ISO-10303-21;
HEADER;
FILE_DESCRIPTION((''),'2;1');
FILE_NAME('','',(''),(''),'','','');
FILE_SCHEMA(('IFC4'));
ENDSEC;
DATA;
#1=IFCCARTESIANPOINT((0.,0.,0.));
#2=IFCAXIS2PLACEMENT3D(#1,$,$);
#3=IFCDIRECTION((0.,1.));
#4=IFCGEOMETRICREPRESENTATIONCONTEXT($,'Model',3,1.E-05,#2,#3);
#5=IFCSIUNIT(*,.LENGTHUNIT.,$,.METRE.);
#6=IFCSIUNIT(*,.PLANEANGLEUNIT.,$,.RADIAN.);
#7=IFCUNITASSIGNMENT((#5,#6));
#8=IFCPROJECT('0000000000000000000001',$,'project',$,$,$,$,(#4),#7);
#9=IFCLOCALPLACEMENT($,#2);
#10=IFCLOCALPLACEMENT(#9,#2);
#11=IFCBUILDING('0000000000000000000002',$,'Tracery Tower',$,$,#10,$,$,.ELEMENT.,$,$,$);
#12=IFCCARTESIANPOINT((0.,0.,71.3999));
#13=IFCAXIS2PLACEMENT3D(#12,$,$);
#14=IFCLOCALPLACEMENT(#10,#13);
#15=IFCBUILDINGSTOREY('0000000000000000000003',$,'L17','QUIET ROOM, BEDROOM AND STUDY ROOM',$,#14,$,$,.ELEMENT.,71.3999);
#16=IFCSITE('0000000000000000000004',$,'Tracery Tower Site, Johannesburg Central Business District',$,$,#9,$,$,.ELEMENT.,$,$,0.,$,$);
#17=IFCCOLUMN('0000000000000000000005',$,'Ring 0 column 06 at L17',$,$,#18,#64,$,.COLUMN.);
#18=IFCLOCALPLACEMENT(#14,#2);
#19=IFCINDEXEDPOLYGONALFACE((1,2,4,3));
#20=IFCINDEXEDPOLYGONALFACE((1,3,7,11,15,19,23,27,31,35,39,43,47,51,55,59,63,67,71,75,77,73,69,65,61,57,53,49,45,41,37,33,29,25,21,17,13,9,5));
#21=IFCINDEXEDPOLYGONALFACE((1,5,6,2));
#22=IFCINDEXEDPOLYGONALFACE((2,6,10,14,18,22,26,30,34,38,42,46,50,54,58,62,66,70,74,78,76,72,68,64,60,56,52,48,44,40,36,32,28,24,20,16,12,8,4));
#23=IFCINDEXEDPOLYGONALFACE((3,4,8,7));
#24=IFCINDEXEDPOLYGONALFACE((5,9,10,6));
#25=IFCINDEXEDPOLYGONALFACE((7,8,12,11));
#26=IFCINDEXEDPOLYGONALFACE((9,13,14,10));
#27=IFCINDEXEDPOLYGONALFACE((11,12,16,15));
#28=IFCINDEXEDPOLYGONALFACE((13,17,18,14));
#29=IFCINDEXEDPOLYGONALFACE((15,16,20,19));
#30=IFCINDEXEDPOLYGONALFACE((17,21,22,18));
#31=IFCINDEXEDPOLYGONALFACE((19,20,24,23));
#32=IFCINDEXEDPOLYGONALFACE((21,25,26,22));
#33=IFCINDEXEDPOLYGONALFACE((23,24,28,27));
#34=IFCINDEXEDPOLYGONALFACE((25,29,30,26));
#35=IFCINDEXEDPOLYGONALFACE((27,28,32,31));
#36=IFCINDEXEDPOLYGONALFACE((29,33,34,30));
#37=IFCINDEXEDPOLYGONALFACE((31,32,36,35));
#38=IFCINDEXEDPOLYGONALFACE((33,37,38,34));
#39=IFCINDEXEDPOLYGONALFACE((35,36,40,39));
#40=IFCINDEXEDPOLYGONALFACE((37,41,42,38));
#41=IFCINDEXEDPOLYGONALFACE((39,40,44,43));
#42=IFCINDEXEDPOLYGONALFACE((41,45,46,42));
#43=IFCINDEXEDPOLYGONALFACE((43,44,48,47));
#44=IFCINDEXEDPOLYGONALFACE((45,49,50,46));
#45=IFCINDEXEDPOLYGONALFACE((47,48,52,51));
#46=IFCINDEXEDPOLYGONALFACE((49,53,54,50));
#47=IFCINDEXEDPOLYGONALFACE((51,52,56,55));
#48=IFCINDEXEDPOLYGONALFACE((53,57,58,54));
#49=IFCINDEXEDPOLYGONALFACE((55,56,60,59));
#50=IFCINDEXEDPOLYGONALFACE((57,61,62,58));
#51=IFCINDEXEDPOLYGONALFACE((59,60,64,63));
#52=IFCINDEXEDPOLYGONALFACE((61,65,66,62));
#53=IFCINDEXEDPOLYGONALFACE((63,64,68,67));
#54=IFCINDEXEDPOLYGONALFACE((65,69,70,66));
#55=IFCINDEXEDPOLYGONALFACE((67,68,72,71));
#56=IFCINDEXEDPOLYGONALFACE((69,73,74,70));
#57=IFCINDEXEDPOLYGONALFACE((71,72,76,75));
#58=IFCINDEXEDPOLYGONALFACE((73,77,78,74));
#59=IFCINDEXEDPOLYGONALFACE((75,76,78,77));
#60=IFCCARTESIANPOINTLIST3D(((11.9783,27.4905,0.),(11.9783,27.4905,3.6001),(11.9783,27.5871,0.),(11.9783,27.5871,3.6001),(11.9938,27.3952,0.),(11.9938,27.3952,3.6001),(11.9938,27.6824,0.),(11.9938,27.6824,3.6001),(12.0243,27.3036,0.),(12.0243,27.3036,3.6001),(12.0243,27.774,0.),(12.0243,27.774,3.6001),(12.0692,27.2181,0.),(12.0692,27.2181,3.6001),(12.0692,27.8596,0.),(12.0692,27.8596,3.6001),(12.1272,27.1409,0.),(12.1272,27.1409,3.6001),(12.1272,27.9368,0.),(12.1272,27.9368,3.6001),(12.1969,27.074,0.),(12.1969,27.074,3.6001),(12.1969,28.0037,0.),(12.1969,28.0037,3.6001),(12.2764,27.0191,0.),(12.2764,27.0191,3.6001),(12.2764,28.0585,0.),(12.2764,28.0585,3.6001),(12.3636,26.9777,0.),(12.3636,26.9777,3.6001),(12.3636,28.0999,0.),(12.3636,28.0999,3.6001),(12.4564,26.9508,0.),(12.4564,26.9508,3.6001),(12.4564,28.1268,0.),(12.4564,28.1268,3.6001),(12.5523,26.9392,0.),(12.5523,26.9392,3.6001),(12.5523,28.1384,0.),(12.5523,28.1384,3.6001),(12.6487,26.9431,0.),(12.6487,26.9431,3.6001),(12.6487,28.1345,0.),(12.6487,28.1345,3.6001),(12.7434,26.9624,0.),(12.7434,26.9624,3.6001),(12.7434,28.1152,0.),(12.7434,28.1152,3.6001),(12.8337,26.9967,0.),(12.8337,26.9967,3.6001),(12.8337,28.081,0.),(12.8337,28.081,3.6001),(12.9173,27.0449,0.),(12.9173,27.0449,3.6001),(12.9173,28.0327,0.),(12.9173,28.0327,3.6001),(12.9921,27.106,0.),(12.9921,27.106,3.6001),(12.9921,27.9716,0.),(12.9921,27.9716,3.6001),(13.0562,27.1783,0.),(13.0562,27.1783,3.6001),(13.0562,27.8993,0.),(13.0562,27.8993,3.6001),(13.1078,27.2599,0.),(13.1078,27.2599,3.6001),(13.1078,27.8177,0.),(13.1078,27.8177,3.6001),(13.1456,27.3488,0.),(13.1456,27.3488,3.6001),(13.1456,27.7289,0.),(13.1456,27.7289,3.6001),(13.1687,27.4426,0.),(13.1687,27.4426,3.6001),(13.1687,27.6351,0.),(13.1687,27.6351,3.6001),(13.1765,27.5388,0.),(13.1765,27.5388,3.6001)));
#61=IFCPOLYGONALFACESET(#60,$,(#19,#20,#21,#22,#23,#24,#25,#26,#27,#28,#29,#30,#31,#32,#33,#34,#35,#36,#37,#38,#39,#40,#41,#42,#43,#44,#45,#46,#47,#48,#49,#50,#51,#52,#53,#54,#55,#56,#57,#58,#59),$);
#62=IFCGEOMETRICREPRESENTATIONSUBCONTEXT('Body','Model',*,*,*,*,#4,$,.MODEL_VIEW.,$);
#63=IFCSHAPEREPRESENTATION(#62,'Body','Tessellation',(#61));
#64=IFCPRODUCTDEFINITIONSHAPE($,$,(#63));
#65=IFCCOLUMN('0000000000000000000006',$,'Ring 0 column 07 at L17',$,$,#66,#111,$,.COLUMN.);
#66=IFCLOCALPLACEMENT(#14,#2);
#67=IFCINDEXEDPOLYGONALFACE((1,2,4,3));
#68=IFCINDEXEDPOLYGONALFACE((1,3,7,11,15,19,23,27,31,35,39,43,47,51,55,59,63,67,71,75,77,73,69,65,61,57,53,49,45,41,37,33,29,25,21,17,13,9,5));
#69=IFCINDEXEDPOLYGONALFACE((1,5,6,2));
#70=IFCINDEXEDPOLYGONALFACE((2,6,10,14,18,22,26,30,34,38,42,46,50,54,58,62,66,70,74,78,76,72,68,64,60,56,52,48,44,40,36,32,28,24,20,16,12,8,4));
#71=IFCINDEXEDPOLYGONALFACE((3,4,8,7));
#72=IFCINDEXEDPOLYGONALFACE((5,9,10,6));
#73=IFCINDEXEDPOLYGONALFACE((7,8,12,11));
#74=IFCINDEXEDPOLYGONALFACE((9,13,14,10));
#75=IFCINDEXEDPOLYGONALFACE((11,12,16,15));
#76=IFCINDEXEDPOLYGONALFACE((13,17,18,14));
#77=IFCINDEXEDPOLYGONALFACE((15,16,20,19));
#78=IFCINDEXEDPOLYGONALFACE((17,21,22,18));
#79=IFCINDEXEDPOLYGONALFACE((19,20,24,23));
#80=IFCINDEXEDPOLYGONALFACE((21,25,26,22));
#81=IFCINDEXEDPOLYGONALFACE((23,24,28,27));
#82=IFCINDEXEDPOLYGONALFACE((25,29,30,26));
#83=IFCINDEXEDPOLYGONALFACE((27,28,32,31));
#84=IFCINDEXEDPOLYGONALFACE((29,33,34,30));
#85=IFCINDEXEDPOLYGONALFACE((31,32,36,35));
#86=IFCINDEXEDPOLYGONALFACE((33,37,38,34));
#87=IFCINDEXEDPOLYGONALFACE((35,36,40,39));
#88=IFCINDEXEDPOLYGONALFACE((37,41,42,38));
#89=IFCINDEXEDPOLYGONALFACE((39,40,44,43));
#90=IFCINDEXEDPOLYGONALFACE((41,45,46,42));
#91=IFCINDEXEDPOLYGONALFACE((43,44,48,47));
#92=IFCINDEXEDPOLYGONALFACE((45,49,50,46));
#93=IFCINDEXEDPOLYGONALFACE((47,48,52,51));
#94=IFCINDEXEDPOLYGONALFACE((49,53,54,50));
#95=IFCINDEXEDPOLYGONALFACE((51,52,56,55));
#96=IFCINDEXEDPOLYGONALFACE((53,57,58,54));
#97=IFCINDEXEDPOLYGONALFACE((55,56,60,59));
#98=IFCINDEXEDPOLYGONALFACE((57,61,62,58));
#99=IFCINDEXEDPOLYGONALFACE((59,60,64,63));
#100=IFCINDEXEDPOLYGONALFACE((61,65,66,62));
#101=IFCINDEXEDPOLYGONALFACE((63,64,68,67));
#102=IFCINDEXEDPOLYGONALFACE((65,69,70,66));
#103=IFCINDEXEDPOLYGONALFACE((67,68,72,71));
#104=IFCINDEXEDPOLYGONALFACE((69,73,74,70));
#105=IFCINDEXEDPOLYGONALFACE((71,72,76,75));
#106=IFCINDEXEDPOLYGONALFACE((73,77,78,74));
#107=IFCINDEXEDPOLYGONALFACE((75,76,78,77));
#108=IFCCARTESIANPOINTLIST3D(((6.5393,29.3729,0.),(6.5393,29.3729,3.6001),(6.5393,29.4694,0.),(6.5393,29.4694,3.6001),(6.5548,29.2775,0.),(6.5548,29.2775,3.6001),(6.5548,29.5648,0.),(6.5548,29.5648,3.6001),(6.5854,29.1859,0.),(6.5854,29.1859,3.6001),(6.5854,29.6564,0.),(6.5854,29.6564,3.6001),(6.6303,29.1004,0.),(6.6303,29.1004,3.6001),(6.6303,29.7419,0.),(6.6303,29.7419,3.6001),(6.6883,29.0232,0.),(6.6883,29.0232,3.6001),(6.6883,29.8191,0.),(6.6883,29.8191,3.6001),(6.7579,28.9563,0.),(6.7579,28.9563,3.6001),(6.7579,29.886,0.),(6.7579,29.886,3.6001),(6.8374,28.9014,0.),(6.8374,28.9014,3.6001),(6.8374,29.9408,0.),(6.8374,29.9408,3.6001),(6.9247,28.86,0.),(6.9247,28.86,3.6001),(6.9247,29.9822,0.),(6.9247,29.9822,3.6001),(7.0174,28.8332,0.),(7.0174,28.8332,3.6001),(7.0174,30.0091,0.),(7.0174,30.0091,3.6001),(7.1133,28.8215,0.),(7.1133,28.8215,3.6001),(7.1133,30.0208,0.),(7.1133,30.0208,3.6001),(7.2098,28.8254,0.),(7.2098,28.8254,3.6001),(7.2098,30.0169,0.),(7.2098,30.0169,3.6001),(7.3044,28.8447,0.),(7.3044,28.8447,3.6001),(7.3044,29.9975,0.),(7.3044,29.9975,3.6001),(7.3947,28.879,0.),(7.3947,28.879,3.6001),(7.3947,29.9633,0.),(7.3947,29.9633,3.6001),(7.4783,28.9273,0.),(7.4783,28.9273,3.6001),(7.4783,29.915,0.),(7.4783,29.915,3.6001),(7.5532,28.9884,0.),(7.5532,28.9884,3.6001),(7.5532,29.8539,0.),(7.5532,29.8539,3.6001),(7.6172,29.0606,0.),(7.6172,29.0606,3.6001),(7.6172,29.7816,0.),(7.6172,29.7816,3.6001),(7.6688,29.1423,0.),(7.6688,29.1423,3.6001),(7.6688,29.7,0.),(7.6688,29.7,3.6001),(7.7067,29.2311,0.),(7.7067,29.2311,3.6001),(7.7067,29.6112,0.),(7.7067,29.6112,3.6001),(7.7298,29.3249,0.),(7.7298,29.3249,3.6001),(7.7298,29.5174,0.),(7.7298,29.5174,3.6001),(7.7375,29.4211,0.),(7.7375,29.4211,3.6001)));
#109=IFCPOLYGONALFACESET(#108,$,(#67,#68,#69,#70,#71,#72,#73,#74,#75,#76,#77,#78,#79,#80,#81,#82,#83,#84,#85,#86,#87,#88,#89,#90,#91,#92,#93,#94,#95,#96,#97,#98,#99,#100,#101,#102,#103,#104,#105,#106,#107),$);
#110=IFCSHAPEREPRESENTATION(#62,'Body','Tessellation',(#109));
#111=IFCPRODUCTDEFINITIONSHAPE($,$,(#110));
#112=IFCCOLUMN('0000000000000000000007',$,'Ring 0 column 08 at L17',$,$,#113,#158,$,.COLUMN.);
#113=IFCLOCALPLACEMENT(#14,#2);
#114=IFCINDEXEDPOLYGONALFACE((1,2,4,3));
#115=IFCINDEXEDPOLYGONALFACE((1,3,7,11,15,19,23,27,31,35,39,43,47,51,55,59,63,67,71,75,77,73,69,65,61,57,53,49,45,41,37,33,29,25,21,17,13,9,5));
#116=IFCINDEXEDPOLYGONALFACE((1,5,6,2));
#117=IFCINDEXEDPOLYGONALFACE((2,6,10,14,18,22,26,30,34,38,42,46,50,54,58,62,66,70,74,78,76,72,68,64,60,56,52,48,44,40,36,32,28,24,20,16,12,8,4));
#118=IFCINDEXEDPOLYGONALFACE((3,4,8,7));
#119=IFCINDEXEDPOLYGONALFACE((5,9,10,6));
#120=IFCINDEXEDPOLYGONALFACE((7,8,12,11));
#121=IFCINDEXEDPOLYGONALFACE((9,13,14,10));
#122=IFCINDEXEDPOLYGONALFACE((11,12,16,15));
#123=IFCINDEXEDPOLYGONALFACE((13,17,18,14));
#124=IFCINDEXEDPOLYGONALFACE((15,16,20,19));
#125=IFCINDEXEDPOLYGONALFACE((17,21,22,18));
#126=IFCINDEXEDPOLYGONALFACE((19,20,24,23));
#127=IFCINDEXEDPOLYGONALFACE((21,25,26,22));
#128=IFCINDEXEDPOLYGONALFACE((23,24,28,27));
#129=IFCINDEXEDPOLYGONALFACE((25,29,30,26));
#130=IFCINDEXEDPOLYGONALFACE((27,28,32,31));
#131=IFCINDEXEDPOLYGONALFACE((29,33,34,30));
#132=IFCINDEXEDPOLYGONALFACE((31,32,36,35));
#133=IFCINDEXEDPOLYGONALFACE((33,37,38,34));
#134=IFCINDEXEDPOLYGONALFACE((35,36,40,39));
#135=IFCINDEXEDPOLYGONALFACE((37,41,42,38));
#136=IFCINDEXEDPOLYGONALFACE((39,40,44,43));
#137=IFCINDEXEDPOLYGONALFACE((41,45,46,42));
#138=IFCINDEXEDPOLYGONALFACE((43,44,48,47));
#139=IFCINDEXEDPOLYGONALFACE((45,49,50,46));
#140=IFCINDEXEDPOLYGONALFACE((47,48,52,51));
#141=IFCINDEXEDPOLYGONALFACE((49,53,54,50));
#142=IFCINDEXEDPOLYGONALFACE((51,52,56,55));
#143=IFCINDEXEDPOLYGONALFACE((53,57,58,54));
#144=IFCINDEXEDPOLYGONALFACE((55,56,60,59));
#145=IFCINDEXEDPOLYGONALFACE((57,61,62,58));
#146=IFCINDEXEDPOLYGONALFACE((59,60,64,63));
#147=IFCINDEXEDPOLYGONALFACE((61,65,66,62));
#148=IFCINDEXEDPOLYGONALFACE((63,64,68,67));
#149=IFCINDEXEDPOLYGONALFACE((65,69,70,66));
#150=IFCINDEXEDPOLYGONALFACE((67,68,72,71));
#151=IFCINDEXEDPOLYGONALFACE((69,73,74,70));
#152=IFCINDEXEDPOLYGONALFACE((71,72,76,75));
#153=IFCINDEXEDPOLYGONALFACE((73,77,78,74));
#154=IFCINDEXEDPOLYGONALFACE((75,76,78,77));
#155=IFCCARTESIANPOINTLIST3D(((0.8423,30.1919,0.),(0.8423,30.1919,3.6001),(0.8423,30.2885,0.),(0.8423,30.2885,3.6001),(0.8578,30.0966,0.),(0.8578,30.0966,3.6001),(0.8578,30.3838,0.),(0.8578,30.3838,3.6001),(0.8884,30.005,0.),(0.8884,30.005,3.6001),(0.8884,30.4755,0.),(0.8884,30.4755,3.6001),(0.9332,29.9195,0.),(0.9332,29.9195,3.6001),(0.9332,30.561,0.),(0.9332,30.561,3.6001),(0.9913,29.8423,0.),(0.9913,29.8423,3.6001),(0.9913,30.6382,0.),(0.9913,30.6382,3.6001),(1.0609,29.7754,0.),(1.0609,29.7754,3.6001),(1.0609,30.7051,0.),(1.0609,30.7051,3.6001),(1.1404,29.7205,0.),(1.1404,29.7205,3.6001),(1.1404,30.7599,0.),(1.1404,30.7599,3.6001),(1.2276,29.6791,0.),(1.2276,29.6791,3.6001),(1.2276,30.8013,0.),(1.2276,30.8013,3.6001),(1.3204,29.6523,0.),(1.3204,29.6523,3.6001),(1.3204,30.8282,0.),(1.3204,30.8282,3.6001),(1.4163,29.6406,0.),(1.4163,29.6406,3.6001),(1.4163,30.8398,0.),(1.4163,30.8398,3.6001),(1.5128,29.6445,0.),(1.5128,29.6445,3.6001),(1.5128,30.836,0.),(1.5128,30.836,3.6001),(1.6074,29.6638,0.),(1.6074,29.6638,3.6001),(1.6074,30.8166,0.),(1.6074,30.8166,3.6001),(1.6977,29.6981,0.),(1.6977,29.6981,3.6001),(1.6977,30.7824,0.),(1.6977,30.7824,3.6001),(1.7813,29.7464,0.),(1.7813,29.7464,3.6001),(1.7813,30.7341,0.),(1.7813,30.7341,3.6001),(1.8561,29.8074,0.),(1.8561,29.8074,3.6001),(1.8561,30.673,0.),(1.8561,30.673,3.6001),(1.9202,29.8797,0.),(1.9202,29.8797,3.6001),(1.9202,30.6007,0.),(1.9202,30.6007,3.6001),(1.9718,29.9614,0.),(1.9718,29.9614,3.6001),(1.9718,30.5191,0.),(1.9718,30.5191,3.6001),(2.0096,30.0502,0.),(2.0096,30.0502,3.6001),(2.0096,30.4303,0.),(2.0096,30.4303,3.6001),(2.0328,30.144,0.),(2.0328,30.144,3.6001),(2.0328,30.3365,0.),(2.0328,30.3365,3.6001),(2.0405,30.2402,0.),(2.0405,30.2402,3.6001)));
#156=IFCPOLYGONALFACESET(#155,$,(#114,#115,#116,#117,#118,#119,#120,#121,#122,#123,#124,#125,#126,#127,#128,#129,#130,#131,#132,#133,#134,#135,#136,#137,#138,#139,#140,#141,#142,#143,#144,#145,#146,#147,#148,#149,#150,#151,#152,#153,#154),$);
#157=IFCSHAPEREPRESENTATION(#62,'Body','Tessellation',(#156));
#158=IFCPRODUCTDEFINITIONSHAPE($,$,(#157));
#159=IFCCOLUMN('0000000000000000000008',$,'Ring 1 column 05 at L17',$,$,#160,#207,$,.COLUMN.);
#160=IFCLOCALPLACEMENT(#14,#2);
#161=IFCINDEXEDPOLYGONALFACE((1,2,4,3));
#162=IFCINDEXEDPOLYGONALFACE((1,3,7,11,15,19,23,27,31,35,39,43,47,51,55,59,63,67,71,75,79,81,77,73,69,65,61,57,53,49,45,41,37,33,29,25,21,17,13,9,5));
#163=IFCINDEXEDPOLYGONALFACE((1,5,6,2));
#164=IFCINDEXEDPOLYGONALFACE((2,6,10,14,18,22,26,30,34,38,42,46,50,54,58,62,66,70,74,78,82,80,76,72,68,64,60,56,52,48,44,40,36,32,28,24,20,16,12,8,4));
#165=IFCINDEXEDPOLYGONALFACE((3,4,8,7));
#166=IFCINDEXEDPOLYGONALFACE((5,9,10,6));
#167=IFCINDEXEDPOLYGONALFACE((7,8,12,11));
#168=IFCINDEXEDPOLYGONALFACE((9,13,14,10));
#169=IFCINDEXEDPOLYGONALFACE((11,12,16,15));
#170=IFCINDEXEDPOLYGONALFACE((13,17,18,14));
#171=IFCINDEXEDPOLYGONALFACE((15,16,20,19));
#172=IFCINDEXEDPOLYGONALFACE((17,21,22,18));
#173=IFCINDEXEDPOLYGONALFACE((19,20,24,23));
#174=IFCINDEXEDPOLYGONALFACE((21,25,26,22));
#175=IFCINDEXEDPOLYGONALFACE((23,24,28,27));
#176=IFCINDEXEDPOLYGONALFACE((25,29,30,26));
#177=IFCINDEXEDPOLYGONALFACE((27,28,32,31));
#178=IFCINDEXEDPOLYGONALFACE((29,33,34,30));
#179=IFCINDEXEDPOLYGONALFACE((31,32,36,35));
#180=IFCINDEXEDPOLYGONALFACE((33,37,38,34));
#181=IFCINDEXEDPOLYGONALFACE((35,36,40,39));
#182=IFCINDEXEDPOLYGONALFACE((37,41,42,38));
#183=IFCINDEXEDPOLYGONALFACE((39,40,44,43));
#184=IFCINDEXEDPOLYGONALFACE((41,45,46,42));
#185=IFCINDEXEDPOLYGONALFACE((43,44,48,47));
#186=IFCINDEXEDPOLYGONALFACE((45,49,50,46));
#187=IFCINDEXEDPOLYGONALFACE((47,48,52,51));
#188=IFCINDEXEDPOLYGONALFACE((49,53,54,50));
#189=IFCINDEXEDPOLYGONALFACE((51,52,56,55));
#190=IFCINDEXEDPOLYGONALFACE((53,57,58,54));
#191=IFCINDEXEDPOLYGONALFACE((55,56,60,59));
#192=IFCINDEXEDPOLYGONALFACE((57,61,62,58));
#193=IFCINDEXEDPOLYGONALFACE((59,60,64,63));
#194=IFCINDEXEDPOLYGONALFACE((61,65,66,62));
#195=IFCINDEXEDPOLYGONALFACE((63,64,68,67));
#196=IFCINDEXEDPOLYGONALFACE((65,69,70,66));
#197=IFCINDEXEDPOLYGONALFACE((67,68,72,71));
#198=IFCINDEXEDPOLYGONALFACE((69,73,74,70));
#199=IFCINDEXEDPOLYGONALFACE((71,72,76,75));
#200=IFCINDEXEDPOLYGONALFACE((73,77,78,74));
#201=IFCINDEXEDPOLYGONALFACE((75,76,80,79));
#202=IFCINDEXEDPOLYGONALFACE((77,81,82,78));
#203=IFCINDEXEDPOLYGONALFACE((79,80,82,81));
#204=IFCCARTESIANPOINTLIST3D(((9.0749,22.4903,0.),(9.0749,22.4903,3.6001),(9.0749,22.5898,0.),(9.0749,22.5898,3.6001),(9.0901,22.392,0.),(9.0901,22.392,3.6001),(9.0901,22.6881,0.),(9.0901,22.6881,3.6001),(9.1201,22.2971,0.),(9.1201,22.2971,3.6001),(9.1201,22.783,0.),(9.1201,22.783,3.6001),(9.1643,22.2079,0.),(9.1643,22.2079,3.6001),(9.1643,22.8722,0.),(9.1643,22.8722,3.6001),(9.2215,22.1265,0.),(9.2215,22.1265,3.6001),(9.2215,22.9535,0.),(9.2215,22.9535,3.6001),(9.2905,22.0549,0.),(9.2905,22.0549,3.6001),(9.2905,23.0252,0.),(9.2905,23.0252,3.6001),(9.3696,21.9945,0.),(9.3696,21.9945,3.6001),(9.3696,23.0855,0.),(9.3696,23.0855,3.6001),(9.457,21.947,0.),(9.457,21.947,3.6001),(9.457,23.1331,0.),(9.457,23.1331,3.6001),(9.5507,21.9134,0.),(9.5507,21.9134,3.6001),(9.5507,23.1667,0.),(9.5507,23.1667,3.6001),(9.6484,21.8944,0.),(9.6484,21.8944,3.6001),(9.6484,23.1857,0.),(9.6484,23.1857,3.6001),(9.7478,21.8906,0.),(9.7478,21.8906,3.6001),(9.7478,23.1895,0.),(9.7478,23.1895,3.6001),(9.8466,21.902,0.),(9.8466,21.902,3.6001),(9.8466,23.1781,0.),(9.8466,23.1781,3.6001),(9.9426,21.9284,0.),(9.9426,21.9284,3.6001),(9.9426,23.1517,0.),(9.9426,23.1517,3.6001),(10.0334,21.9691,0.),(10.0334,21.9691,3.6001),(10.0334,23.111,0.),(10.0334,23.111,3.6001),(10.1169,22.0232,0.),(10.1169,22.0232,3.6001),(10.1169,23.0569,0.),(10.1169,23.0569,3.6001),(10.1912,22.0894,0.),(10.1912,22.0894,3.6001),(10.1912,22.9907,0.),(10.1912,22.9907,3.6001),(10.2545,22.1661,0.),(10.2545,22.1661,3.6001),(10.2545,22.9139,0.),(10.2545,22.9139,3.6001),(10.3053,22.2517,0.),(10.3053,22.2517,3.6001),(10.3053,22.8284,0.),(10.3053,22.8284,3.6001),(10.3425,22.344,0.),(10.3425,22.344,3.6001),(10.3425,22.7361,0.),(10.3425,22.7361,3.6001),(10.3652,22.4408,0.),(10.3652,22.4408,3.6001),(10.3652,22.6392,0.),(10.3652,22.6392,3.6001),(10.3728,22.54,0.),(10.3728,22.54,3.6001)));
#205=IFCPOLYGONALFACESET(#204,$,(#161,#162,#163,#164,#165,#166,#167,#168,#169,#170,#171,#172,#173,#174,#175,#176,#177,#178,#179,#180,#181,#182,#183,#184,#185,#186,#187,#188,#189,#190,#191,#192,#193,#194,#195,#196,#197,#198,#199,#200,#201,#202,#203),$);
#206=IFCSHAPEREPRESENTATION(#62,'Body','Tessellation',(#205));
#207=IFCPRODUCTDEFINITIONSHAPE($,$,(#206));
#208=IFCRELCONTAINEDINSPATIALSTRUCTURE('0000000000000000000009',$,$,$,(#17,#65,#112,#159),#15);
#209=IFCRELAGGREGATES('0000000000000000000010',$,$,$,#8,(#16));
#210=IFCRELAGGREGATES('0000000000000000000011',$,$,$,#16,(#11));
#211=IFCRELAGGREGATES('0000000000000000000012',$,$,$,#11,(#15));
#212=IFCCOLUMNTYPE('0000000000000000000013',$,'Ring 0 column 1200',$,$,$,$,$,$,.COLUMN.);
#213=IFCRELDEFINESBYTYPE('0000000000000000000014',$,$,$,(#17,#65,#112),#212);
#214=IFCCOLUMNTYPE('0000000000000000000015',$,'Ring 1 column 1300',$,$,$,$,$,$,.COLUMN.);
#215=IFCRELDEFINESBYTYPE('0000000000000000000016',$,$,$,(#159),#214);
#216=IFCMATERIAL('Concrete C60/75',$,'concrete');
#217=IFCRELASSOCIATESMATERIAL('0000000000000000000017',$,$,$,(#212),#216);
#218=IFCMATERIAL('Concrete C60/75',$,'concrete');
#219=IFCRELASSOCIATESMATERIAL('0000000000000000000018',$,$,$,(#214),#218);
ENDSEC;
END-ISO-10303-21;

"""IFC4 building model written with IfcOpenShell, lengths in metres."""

from ifc_helpers import new_model, si_unit, direction, frame, origin, origin_2d, place, context, subcontext, project, spatial, circle, extrude, material, material_profile, profile_set, type_object, element, save


model = new_model("IFC4")

# Units and contexts
model_context = context("Model", 3, precision=1e-05, world=origin(), true_north=direction((0.0, 1.0)))
body_context = subcontext(model_context, "Body", "Model", "MODEL_VIEW")
ifc_project = project(units=[si_unit("LENGTHUNIT", "METRE"), si_unit("PLANEANGLEUNIT", "RADIAN")], contexts=[model_context])

# Site, building, storey
site_placement = place(None, origin())
site = spatial("IfcSite", under=ifc_project, at=site_placement, Name="Tracery Tower Site, Johannesburg Central Business District", CompositionType="ELEMENT", RefElevation=0.0)
building_placement = place(site_placement, origin())
building = spatial("IfcBuilding", under=site, at=building_placement, Name="Tracery Tower", CompositionType="ELEMENT")
storey_placement = place(building_placement, frame((0.0, 0.0, 71.3999)))
storey = spatial("IfcBuildingStorey", under=building, at=storey_placement, Name="L17", Description="QUIET ROOM, BEDROOM AND STUDY ROOM", CompositionType="ELEMENT", Elevation=71.3999)

# Columns
ifc_material_1 = material(Name="Concrete C60/75", Category="concrete")
ifc_material_profile_1 = material_profile(ifc_material_1, circle(Radius=0.6001, at=origin_2d()), Name="RC D1200")
ifc_profile_set_1 = profile_set([ifc_material_profile_1], Name="Concrete C60/75")
column_type_1 = type_object("IfcColumnType", Name="Ring 0 column 1200", PredefinedType="COLUMN", material=ifc_profile_set_1)
for number, where, z_axis, x_axis, name in (
    (1, (12.5764, 27.5388, 0.0), (0.0, 0.0, 1.0), (1.0, 0.0, 0.0), "Ring 0 column 06 at L17"),
    (2, (7.1375, 29.4211, 0.0), (0.0, 0.0, 1.0), (1.0, 0.0, 0.0), "Ring 0 column 07 at L17"),
    (3, (1.4404, 30.2402, 0.0), (0.0, 0.0, 1.0), (1.0, 0.0, 0.0), "Ring 0 column 08 at L17"),
):
    element("IfcColumn", number, at=place(storey_placement, frame(where, z_axis=z_axis, x_axis=x_axis)), inside=storey, type_object=column_type_1, Name=name, PredefinedType="COLUMN", context=body_context, shape_type="SweptSolid", body=[
        extrude(circle(Radius=0.6001, at=origin_2d()), origin(), (0.0, 0.0, 1.0), 3.6001),
    ])
ifc_material_2 = material(Name="Concrete C60/75", Category="concrete")
ifc_material_profile_2 = material_profile(ifc_material_2, circle(Radius=0.6499, at=origin_2d()), Name="RC D1300")
ifc_profile_set_2 = profile_set([ifc_material_profile_2], Name="Concrete C60/75")
column_type_2 = type_object("IfcColumnType", Name="Ring 1 column 1300", PredefinedType="COLUMN", material=ifc_profile_set_2)
for number, where, z_axis, x_axis, name in (
    (4, (9.7229, 22.54, 0.0), (0.0, 0.0, 1.0), (1.0, 0.0, 0.0), "Ring 1 column 05 at L17"),
):
    element("IfcColumn", number, at=place(storey_placement, frame(where, z_axis=z_axis, x_axis=x_axis)), inside=storey, type_object=column_type_2, Name=name, PredefinedType="COLUMN", context=body_context, shape_type="SweptSolid", body=[
        extrude(circle(Radius=0.6499, at=origin_2d()), origin(), (0.0, 0.0, 1.0), 3.6001),
    ])

save(model, "model.ifc")
